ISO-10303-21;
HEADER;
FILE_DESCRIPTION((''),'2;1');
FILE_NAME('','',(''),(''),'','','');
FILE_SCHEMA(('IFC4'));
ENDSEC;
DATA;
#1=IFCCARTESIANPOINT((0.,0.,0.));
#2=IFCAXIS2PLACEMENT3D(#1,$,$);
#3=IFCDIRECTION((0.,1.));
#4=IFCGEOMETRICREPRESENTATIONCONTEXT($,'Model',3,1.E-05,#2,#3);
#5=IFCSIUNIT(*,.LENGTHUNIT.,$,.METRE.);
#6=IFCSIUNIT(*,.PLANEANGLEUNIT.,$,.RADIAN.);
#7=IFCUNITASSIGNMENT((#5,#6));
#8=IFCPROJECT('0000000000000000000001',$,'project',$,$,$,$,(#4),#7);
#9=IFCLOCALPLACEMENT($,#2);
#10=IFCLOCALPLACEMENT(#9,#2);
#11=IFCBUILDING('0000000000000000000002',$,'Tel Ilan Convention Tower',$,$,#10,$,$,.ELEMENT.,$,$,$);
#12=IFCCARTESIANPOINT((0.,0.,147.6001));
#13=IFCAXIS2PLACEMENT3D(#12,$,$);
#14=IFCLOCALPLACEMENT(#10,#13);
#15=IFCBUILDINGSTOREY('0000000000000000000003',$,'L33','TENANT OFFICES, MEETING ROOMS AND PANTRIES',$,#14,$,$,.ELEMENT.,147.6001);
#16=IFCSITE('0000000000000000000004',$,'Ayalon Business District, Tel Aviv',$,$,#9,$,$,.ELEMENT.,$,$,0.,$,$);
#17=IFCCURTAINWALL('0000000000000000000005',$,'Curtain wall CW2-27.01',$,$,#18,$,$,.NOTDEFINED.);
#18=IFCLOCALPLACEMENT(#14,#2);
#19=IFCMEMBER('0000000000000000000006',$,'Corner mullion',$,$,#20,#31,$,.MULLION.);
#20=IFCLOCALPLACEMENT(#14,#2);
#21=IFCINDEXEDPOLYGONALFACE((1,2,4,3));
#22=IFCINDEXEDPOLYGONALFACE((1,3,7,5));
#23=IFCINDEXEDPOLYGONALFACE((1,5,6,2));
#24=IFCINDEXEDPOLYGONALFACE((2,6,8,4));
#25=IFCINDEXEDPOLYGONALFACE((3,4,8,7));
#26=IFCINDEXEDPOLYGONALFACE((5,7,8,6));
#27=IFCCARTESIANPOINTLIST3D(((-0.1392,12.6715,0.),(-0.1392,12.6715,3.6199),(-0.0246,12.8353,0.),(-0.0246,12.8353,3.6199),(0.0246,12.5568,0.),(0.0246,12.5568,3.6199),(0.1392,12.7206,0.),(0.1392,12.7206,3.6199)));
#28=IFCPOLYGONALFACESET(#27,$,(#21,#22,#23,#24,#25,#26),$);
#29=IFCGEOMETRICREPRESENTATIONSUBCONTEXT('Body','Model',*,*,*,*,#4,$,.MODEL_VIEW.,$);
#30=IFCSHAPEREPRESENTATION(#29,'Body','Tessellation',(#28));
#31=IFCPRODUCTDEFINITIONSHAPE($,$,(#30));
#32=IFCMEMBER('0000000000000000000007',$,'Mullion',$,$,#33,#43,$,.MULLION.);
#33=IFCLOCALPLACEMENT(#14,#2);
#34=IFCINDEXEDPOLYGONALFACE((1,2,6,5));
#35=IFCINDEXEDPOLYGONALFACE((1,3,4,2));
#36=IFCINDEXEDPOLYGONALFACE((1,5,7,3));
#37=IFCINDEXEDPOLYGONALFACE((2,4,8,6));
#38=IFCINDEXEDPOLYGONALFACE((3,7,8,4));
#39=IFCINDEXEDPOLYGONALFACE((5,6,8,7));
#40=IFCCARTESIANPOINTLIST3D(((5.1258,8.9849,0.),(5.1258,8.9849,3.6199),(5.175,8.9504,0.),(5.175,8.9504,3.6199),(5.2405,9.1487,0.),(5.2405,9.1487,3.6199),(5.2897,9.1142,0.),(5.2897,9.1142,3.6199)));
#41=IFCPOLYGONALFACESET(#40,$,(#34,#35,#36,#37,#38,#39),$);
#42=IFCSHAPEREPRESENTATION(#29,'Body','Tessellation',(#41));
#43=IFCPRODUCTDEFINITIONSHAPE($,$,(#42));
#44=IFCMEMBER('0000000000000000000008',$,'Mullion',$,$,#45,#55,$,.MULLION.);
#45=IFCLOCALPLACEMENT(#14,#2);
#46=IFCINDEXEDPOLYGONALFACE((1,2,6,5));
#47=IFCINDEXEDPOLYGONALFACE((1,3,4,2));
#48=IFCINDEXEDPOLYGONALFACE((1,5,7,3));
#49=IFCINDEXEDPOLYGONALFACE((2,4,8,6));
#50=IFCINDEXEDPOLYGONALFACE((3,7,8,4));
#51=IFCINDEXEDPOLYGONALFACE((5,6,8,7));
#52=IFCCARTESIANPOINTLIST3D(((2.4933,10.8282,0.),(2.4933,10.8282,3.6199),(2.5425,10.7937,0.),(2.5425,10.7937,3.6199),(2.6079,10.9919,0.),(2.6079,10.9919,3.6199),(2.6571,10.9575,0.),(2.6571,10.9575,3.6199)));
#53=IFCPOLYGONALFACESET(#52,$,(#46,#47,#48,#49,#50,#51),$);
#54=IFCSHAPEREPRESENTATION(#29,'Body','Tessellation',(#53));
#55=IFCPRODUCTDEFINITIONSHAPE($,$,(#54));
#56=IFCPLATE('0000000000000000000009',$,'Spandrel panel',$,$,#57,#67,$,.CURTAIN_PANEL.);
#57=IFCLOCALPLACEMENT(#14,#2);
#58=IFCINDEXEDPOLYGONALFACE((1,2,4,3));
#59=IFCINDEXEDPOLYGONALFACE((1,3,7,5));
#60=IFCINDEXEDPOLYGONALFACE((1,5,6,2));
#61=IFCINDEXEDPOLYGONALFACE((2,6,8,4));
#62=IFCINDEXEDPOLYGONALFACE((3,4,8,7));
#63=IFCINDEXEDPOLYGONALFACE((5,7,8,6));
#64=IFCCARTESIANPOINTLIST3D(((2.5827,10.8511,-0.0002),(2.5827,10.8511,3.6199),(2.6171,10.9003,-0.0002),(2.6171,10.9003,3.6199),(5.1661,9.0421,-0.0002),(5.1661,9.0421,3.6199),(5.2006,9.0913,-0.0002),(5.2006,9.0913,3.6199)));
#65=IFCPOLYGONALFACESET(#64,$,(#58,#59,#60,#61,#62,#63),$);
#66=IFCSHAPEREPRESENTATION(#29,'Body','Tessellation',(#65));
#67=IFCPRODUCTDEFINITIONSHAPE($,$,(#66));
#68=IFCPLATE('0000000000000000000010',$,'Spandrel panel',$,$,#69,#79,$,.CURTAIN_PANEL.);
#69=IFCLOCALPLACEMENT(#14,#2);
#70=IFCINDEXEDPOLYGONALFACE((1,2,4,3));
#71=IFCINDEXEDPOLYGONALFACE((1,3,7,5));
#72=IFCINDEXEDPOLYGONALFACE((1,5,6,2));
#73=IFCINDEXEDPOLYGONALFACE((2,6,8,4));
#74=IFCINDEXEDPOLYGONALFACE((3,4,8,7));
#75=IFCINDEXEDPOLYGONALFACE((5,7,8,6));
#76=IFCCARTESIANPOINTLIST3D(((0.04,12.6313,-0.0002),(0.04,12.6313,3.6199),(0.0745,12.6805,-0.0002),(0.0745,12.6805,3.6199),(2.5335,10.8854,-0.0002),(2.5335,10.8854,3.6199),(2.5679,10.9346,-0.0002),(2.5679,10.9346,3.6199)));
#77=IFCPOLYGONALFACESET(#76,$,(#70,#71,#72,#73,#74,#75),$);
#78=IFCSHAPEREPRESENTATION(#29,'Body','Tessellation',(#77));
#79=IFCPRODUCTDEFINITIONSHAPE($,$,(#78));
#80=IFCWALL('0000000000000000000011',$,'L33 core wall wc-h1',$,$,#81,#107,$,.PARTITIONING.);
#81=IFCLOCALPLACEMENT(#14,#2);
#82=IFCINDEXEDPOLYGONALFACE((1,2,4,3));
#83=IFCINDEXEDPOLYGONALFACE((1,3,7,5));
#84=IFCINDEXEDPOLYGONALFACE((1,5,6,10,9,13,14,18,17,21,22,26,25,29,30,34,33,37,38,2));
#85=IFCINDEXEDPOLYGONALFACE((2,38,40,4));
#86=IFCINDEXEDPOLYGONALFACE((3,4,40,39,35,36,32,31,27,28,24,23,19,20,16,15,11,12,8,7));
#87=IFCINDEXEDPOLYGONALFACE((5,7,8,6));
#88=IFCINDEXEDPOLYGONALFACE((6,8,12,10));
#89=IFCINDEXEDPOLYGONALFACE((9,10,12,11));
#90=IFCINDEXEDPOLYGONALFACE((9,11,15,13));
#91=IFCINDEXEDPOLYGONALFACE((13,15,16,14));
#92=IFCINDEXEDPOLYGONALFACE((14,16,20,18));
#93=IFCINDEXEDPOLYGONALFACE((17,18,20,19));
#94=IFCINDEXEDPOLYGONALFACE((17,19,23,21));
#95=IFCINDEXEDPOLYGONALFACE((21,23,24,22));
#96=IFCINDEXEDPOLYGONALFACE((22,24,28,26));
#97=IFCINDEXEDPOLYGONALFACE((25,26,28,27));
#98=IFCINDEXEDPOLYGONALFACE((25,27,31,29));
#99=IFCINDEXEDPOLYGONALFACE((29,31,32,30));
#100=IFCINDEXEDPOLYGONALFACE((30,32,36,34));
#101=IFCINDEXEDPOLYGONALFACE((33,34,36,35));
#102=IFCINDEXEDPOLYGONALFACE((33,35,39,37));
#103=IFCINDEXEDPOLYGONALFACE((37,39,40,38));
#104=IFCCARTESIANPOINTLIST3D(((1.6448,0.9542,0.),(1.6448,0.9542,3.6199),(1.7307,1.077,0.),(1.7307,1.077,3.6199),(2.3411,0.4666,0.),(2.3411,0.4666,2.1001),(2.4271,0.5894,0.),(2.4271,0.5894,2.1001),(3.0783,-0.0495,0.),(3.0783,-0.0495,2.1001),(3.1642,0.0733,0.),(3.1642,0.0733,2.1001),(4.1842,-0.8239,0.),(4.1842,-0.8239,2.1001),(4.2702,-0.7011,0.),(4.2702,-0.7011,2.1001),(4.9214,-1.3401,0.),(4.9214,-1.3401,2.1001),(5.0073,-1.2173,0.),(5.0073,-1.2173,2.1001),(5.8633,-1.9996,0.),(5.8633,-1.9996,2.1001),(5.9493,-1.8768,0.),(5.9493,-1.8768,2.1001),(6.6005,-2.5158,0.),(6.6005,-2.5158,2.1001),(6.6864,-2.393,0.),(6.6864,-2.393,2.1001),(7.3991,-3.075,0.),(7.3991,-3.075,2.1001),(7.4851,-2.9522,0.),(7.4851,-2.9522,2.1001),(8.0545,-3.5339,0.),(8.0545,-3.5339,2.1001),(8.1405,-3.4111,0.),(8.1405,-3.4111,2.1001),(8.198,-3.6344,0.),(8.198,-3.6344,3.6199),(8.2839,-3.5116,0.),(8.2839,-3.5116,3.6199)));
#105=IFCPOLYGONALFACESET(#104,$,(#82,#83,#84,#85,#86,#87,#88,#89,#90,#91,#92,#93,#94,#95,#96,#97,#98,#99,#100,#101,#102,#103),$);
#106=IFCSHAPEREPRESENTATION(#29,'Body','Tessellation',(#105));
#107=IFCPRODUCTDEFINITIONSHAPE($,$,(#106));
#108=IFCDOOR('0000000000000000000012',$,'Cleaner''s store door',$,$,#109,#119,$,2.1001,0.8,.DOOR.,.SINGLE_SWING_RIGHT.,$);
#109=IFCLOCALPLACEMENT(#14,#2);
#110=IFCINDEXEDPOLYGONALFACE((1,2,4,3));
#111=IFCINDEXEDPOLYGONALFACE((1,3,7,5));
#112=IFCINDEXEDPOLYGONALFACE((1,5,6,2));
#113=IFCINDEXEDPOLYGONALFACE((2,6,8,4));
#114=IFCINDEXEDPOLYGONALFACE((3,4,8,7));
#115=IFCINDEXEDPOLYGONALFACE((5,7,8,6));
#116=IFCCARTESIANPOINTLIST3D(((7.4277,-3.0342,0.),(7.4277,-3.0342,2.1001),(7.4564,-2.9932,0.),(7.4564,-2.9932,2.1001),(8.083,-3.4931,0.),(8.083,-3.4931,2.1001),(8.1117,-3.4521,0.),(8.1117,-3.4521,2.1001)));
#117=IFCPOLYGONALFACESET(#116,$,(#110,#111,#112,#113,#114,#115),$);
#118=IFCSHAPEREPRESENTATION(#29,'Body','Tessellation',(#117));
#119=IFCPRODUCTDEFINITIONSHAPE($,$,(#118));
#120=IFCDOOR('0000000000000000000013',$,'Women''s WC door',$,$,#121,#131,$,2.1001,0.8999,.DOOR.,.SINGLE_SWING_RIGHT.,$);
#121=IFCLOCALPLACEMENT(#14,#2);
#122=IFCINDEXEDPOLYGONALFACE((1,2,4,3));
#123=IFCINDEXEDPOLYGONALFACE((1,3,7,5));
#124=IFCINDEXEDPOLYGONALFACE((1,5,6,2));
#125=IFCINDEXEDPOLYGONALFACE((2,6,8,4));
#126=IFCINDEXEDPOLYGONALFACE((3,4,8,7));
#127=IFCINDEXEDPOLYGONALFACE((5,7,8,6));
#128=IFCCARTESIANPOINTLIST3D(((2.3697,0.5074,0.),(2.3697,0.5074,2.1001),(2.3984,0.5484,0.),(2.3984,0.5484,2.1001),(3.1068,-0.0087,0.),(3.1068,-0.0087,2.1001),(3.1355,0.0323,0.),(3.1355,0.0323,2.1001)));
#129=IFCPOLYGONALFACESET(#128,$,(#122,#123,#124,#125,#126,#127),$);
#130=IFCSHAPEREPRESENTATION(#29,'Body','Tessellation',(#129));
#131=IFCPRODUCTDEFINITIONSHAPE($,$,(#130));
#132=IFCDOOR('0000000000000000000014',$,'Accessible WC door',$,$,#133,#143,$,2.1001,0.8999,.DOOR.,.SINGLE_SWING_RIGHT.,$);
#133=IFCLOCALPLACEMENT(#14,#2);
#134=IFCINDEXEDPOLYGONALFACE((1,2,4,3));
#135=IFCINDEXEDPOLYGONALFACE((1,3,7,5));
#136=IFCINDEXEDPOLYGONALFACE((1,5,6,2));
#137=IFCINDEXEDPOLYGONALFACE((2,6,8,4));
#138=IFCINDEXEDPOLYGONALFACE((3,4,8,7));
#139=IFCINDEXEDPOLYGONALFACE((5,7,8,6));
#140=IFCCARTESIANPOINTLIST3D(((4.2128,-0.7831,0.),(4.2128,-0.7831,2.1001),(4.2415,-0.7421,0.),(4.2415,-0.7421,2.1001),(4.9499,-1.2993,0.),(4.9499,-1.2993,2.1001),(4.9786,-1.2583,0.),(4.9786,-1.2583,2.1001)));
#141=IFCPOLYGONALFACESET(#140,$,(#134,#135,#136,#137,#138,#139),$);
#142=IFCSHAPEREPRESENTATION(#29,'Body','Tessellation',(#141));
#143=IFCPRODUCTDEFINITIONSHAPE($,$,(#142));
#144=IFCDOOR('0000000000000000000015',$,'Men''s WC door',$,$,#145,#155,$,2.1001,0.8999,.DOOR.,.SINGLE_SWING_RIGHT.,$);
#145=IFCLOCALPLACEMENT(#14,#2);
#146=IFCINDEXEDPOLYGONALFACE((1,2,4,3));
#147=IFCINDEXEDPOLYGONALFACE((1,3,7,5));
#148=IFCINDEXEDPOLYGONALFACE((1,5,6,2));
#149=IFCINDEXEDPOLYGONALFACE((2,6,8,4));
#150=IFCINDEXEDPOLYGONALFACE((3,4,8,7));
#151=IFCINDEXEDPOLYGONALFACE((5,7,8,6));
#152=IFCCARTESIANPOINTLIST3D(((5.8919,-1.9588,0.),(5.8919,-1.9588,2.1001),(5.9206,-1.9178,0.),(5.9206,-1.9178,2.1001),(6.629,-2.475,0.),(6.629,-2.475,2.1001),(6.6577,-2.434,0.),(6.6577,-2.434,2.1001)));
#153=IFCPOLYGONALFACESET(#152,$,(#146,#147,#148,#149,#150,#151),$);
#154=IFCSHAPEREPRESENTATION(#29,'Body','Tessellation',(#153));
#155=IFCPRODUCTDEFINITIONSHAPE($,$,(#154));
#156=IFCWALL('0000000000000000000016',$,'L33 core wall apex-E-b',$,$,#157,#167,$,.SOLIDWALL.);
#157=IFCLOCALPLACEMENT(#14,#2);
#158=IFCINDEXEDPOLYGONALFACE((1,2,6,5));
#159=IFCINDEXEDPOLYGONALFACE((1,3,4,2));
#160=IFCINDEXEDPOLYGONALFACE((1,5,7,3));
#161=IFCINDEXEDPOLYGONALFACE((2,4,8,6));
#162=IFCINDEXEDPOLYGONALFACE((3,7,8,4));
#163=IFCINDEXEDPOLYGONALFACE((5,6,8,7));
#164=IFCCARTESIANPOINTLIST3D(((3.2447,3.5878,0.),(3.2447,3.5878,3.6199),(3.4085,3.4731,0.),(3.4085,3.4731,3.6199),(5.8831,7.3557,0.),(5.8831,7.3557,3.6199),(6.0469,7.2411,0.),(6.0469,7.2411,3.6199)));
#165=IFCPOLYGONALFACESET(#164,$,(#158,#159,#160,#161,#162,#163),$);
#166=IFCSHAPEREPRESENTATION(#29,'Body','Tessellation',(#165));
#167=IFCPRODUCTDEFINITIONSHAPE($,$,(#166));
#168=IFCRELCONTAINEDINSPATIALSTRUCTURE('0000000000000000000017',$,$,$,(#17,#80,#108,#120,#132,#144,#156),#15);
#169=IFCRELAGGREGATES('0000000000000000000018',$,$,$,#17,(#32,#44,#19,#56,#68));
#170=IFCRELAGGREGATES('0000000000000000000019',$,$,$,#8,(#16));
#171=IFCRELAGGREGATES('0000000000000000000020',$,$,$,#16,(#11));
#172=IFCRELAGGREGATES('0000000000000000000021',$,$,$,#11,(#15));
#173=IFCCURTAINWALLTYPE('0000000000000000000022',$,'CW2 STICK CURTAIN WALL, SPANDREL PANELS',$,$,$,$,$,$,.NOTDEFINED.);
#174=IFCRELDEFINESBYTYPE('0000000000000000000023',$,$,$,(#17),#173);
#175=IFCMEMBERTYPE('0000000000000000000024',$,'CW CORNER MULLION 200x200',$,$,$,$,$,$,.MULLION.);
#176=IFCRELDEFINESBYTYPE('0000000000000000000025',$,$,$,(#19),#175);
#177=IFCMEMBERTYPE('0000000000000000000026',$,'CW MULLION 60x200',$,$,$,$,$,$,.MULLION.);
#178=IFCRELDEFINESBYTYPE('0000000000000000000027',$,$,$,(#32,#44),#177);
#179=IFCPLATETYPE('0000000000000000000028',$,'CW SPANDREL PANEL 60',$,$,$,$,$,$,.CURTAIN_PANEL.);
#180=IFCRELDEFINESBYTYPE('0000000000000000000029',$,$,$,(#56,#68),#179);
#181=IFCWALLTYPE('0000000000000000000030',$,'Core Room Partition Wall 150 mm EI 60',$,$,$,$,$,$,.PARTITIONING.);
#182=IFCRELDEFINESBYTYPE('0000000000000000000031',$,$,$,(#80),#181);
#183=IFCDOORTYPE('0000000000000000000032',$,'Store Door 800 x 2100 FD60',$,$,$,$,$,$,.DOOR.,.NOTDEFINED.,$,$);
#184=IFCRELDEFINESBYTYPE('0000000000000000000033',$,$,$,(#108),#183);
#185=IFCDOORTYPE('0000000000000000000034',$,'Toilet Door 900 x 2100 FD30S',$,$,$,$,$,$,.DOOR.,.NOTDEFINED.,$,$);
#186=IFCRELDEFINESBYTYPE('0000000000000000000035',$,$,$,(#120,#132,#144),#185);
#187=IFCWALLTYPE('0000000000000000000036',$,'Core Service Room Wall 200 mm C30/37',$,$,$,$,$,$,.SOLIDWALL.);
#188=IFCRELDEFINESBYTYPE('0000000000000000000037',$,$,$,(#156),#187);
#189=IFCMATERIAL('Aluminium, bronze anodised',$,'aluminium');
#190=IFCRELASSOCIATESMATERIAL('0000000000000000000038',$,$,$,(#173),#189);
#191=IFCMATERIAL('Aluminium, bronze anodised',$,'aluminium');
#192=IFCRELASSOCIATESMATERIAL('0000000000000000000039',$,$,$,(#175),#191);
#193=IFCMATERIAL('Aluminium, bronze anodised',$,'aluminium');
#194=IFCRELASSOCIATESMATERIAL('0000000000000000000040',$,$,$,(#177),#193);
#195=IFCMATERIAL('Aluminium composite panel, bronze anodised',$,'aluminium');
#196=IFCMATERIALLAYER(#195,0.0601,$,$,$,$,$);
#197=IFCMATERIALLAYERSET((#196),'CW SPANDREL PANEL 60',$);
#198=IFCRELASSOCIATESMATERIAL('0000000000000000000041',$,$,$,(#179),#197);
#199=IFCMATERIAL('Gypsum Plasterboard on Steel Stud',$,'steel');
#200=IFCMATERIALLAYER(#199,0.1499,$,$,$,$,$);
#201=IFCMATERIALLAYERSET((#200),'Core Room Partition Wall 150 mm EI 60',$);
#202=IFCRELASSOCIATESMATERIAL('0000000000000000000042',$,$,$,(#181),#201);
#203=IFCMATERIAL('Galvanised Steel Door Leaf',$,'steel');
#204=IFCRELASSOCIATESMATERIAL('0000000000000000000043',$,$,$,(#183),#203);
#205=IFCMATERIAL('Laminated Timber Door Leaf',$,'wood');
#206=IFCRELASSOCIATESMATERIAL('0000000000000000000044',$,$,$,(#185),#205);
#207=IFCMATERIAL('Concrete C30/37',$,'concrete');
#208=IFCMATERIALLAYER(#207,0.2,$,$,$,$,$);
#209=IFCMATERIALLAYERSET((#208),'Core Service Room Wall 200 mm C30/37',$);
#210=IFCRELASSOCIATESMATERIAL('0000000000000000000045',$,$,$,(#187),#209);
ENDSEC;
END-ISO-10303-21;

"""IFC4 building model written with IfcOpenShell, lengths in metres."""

from ifc_helpers import new_model, si_unit, direction, frame, frame_2d, origin, origin_2d, place, context, subcontext, project, spatial, rectangle, extrude, material, layer, layer_set, material_profile, profile_set, type_object, element, fill, aggregate, save


model = new_model("IFC4")

# Units and contexts
model_context = context("Model", 3, precision=1e-05, world=origin(), true_north=direction((0.0, 1.0)))
body_context = subcontext(model_context, "Body", "Model", "MODEL_VIEW")
ifc_project = project(units=[si_unit("LENGTHUNIT", "METRE"), si_unit("PLANEANGLEUNIT", "RADIAN")], contexts=[model_context])

# Site, building, storey
site_placement = place(None, origin())
site = spatial("IfcSite", under=ifc_project, at=site_placement, Name="Ayalon Business District, Tel Aviv", CompositionType="ELEMENT", RefElevation=0.0)
building_placement = place(site_placement, origin())
building = spatial("IfcBuilding", under=site, at=building_placement, Name="Tel Ilan Convention Tower", CompositionType="ELEMENT")
storey_placement = place(building_placement, frame((0.0, 0.0, 147.6001)))
storey = spatial("IfcBuildingStorey", under=building, at=storey_placement, Name="L33", Description="TENANT OFFICES, MEETING ROOMS AND PANTRIES", CompositionType="ELEMENT", Elevation=147.6001)

# Curtain wall, members, plates
ifc_material_1 = material(Name="Aluminium, bronze anodised", Category="aluminium")
curtain_wall_type = type_object("IfcCurtainWallType", Name="CW2 STICK CURTAIN WALL, SPANDREL PANELS", PredefinedType="NOTDEFINED", material=ifc_material_1)
curtain_wall_placement = place(storey_placement, origin())
curtain_wall = element("IfcCurtainWall", 1, at=curtain_wall_placement, inside=storey, type_object=curtain_wall_type, Name="Curtain wall CW2-27.01", PredefinedType="NOTDEFINED")
ifc_material_2 = material(Name="Aluminium, bronze anodised", Category="aluminium")
ifc_material_profile_1 = material_profile(ifc_material_2, rectangle(XDim=0.2, YDim=0.2, at=origin_2d()), Name="CW CORNER MULLION 200x200")
ifc_profile_set_1 = profile_set([ifc_material_profile_1], Name="Aluminium, bronze anodised")
member_type_1 = type_object("IfcMemberType", Name="CW CORNER MULLION 200x200", PredefinedType="MULLION", material=ifc_profile_set_1)
member_1_placement = place(storey_placement, frame((0.0, 12.696, 0.0), z_axis=(0.0, 0.0, 1.0), x_axis=(-0.819152, 0.573576, 0.0)))
member_1 = element("IfcMember", 2, at=member_1_placement, type_object=member_type_1, Name="Corner mullion", PredefinedType="MULLION", context=body_context, shape_type="SweptSolid", body=[
    extrude(rectangle(XDim=0.2, YDim=0.2, at=origin_2d()), origin(), (0.0, 0.0, 1.0), 3.6199),
])
ifc_material_3 = material(Name="Aluminium, bronze anodised", Category="aluminium")
ifc_material_profile_2 = material_profile(ifc_material_3, rectangle(XDim=0.0601, YDim=0.2, at=origin_2d()), Name="CW MULLION 60x200")
ifc_profile_set_2 = profile_set([ifc_material_profile_2], Name="Aluminium, bronze anodised")
member_type_2 = type_object("IfcMemberType", Name="CW MULLION 60x200", PredefinedType="MULLION", material=ifc_profile_set_2)
member_2_placement = place(storey_placement, frame((5.2078, 9.0496, 0.0), z_axis=(0.0, 0.0, 1.0), x_axis=(-0.819152, 0.573576, 0.0)))
member_2 = element("IfcMember", 3, at=member_2_placement, type_object=member_type_2, Name="Mullion", PredefinedType="MULLION", context=body_context, shape_type="SweptSolid", body=[
    extrude(rectangle(XDim=0.0601, YDim=0.2, at=origin_2d()), origin(), (0.0, 0.0, 1.0), 3.6199),
])
member_3_placement = place(storey_placement, frame((2.5752, 10.8928, 0.0), z_axis=(0.0, 0.0, 1.0), x_axis=(-0.819152, 0.573576, 0.0)))
member_3 = element("IfcMember", 4, at=member_3_placement, type_object=member_type_2, Name="Mullion", PredefinedType="MULLION", context=body_context, shape_type="SweptSolid", body=[
    extrude(rectangle(XDim=0.0601, YDim=0.2, at=origin_2d()), origin(), (0.0, 0.0, 1.0), 3.6199),
])
ifc_material_4 = material(Name="Aluminium composite panel, bronze anodised", Category="aluminium")
ifc_layer_1 = layer(ifc_material_4, 0.0601)
ifc_layer_set_1 = layer_set([ifc_layer_1], Name="CW SPANDREL PANEL 60")
plate_type = type_object("IfcPlateType", Name="CW SPANDREL PANEL 60", PredefinedType="CURTAIN_PANEL", material=ifc_layer_set_1)
plate_1_placement = place(storey_placement, frame((3.8916, 9.9712, -0.0002), z_axis=(0.0, 0.0, 1.0), x_axis=(-0.819152, 0.573576, 0.0)))
plate_1 = element("IfcPlate", 5, at=plate_1_placement, type_object=plate_type, Name="Spandrel panel", PredefinedType="CURTAIN_PANEL", context=body_context, shape_type="SweptSolid", body=[
    extrude(rectangle(XDim=3.1538, YDim=0.0601, at=origin_2d()), origin(), (0.0, 0.0, 1.0), 3.6201),
])
plate_2_placement = place(storey_placement, frame((1.304, 11.783, -0.0002), z_axis=(0.0, 0.0, 1.0), x_axis=(-0.819152, 0.573576, 0.0)))
plate_2 = element("IfcPlate", 6, at=plate_2_placement, type_object=plate_type, Name="Spandrel panel", PredefinedType="CURTAIN_PANEL", context=body_context, shape_type="SweptSolid", body=[
    extrude(rectangle(XDim=3.0439, YDim=0.0601, at=origin_2d()), origin(), (0.0, 0.0, 1.0), 3.6201),
])
aggregate(curtain_wall, [member_2, member_3, member_1, plate_1, plate_2])

# Wall, openings, doors
ifc_material_5 = material(Name="Gypsum Plasterboard on Steel Stud", Category="steel")
ifc_layer_2 = layer(ifc_material_5, 0.1499)
ifc_layer_set_2 = layer_set([ifc_layer_2], Name="Core Room Partition Wall 150 mm EI 60")
wall_type_1 = type_object("IfcWallType", Name="Core Room Partition Wall 150 mm EI 60", PredefinedType="PARTITIONING", material=ifc_layer_set_2)
wall_1_placement = place(storey_placement, frame((1.6877, 1.0156, 0.0), z_axis=(0.0, 0.0, 1.0), x_axis=(0.819152, -0.573577, 0.0)))
wall_1 = element("IfcWall", 7, at=wall_1_placement, inside=storey, type_object=wall_type_1, Name="L33 core wall wc-h1", PredefinedType="PARTITIONING", context=body_context, shape_type="SweptSolid", body=[
    extrude(rectangle(XDim=8.0, YDim=0.1499, at=frame_2d((4.0, 0.0))), origin(), (0.0, 0.0, 1.0), 3.6199),
])
opening_1_placement = place(wall_1_placement, frame((0.8501, 0.0, 0.0)))
opening_1 = element("IfcOpeningElement", 8, at=opening_1_placement, cuts=wall_1, PredefinedType="OPENING", context=body_context, shape_type="SweptSolid", body=[
    extrude(rectangle(XDim=0.8999, YDim=2.1001, at=frame_2d((0.45, 1.05))), frame((0.0, 0.085, 0.0), z_axis=(0.0, -1.0, 0.0), x_axis=(1.0, 0.0, 0.0)), (0.0, 0.0, 1.0), 0.1699),
])
opening_2_placement = place(wall_1_placement, frame((3.1001, 0.0, 0.0)))
opening_2 = element("IfcOpeningElement", 9, at=opening_2_placement, cuts=wall_1, PredefinedType="OPENING", context=body_context, shape_type="SweptSolid", body=[
    extrude(rectangle(XDim=0.8999, YDim=2.1001, at=frame_2d((0.45, 1.05))), frame((0.0, 0.085, 0.0), z_axis=(0.0, -1.0, 0.0), x_axis=(1.0, 0.0, 0.0)), (0.0, 0.0, 1.0), 0.1699),
])
opening_3_placement = place(wall_1_placement, frame((5.1499, 0.0, 0.0)))
opening_3 = element("IfcOpeningElement", 10, at=opening_3_placement, cuts=wall_1, PredefinedType="OPENING", context=body_context, shape_type="SweptSolid", body=[
    extrude(rectangle(XDim=0.8999, YDim=2.1001, at=frame_2d((0.45, 1.05))), frame((0.0, 0.085, 0.0), z_axis=(0.0, -1.0, 0.0), x_axis=(1.0, 0.0, 0.0)), (0.0, 0.0, 1.0), 0.1699),
])
opening_4_placement = place(wall_1_placement, frame((7.0249, 0.0, 0.0)))
opening_4 = element("IfcOpeningElement", 11, at=opening_4_placement, cuts=wall_1, PredefinedType="OPENING", context=body_context, shape_type="SweptSolid", body=[
    extrude(rectangle(XDim=0.8, YDim=2.1001, at=frame_2d((0.3999, 1.05))), frame((0.0, 0.085, 0.0), z_axis=(0.0, -1.0, 0.0), x_axis=(1.0, 0.0, 0.0)), (0.0, 0.0, 1.0), 0.1699),
])
ifc_material_6 = material(Name="Galvanised Steel Door Leaf", Category="steel")
door_type_1 = type_object("IfcDoorType", Name="Store Door 800 x 2100 FD60", OperationType="NOTDEFINED", PredefinedType="DOOR", material=ifc_material_6)
door_1_placement = place(opening_4_placement, origin())
door_1 = element("IfcDoor", 12, at=door_1_placement, inside=storey, type_object=door_type_1, Name="Cleaner's store door", OperationType="SINGLE_SWING_RIGHT", OverallHeight=2.1001, OverallWidth=0.8, PredefinedType="DOOR", context=body_context, shape_type="SweptSolid", body=[
    extrude(rectangle(XDim=0.8, YDim=2.1001, at=frame_2d((0.3999, 1.05))), frame((0.0, 0.0249, 0.0), z_axis=(0.0, -1.0, 0.0), x_axis=(1.0, 0.0, 0.0)), (0.0, 0.0, 1.0), 0.05),
])
fill(opening_4, door_1)
ifc_material_7 = material(Name="Laminated Timber Door Leaf", Category="wood")
door_type_2 = type_object("IfcDoorType", Name="Toilet Door 900 x 2100 FD30S", OperationType="NOTDEFINED", PredefinedType="DOOR", material=ifc_material_7)
door_2_placement = place(opening_1_placement, origin())
door_2 = element("IfcDoor", 13, at=door_2_placement, inside=storey, type_object=door_type_2, Name="Women's WC door", OperationType="SINGLE_SWING_RIGHT", OverallHeight=2.1001, OverallWidth=0.8999, PredefinedType="DOOR", context=body_context, shape_type="SweptSolid", body=[
    extrude(rectangle(XDim=0.8999, YDim=2.1001, at=frame_2d((0.45, 1.05))), frame((0.0, 0.0249, 0.0), z_axis=(0.0, -1.0, 0.0), x_axis=(1.0, 0.0, 0.0)), (0.0, 0.0, 1.0), 0.05),
])
fill(opening_1, door_2)
door_3_placement = place(opening_2_placement, origin())
door_3 = element("IfcDoor", 14, at=door_3_placement, inside=storey, type_object=door_type_2, Name="Accessible WC door", OperationType="SINGLE_SWING_RIGHT", OverallHeight=2.1001, OverallWidth=0.8999, PredefinedType="DOOR", context=body_context, shape_type="SweptSolid", body=[
    extrude(rectangle(XDim=0.8999, YDim=2.1001, at=frame_2d((0.45, 1.05))), frame((0.0, 0.0249, 0.0), z_axis=(0.0, -1.0, 0.0), x_axis=(1.0, 0.0, 0.0)), (0.0, 0.0, 1.0), 0.05),
])
fill(opening_2, door_3)
door_4_placement = place(opening_3_placement, origin())
door_4 = element("IfcDoor", 15, at=door_4_placement, inside=storey, type_object=door_type_2, Name="Men's WC door", OperationType="SINGLE_SWING_RIGHT", OverallHeight=2.1001, OverallWidth=0.8999, PredefinedType="DOOR", context=body_context, shape_type="SweptSolid", body=[
    extrude(rectangle(XDim=0.8999, YDim=2.1001, at=frame_2d((0.45, 1.05))), frame((0.0, 0.0249, 0.0), z_axis=(0.0, -1.0, 0.0), x_axis=(1.0, 0.0, 0.0)), (0.0, 0.0, 1.0), 0.05),
])
fill(opening_3, door_4)

# Wall
ifc_material_8 = material(Name="Concrete C30/37", Category="concrete")
ifc_layer_3 = layer(ifc_material_8, 0.2)
ifc_layer_set_3 = layer_set([ifc_layer_3], Name="Core Service Room Wall 200 mm C30/37")
wall_type_2 = type_object("IfcWallType", Name="Core Service Room Wall 200 mm C30/37", PredefinedType="SOLIDWALL", material=ifc_layer_set_3)
wall_2_placement = place(storey_placement, frame((3.3267, 3.5305, 0.0), z_axis=(0.0, 0.0, 1.0), x_axis=(0.573576, 0.819152, 0.0)))
element("IfcWall", 16, at=wall_2_placement, inside=storey, type_object=wall_type_2, Name="L33 core wall apex-E-b", PredefinedType="SOLIDWALL", context=body_context, shape_type="SweptSolid", body=[
    extrude(rectangle(XDim=4.5999, YDim=0.2, at=frame_2d((2.2998, 0.0))), origin(), (0.0, 0.0, 1.0), 3.6199),
])

save(model, "model.ifc")
